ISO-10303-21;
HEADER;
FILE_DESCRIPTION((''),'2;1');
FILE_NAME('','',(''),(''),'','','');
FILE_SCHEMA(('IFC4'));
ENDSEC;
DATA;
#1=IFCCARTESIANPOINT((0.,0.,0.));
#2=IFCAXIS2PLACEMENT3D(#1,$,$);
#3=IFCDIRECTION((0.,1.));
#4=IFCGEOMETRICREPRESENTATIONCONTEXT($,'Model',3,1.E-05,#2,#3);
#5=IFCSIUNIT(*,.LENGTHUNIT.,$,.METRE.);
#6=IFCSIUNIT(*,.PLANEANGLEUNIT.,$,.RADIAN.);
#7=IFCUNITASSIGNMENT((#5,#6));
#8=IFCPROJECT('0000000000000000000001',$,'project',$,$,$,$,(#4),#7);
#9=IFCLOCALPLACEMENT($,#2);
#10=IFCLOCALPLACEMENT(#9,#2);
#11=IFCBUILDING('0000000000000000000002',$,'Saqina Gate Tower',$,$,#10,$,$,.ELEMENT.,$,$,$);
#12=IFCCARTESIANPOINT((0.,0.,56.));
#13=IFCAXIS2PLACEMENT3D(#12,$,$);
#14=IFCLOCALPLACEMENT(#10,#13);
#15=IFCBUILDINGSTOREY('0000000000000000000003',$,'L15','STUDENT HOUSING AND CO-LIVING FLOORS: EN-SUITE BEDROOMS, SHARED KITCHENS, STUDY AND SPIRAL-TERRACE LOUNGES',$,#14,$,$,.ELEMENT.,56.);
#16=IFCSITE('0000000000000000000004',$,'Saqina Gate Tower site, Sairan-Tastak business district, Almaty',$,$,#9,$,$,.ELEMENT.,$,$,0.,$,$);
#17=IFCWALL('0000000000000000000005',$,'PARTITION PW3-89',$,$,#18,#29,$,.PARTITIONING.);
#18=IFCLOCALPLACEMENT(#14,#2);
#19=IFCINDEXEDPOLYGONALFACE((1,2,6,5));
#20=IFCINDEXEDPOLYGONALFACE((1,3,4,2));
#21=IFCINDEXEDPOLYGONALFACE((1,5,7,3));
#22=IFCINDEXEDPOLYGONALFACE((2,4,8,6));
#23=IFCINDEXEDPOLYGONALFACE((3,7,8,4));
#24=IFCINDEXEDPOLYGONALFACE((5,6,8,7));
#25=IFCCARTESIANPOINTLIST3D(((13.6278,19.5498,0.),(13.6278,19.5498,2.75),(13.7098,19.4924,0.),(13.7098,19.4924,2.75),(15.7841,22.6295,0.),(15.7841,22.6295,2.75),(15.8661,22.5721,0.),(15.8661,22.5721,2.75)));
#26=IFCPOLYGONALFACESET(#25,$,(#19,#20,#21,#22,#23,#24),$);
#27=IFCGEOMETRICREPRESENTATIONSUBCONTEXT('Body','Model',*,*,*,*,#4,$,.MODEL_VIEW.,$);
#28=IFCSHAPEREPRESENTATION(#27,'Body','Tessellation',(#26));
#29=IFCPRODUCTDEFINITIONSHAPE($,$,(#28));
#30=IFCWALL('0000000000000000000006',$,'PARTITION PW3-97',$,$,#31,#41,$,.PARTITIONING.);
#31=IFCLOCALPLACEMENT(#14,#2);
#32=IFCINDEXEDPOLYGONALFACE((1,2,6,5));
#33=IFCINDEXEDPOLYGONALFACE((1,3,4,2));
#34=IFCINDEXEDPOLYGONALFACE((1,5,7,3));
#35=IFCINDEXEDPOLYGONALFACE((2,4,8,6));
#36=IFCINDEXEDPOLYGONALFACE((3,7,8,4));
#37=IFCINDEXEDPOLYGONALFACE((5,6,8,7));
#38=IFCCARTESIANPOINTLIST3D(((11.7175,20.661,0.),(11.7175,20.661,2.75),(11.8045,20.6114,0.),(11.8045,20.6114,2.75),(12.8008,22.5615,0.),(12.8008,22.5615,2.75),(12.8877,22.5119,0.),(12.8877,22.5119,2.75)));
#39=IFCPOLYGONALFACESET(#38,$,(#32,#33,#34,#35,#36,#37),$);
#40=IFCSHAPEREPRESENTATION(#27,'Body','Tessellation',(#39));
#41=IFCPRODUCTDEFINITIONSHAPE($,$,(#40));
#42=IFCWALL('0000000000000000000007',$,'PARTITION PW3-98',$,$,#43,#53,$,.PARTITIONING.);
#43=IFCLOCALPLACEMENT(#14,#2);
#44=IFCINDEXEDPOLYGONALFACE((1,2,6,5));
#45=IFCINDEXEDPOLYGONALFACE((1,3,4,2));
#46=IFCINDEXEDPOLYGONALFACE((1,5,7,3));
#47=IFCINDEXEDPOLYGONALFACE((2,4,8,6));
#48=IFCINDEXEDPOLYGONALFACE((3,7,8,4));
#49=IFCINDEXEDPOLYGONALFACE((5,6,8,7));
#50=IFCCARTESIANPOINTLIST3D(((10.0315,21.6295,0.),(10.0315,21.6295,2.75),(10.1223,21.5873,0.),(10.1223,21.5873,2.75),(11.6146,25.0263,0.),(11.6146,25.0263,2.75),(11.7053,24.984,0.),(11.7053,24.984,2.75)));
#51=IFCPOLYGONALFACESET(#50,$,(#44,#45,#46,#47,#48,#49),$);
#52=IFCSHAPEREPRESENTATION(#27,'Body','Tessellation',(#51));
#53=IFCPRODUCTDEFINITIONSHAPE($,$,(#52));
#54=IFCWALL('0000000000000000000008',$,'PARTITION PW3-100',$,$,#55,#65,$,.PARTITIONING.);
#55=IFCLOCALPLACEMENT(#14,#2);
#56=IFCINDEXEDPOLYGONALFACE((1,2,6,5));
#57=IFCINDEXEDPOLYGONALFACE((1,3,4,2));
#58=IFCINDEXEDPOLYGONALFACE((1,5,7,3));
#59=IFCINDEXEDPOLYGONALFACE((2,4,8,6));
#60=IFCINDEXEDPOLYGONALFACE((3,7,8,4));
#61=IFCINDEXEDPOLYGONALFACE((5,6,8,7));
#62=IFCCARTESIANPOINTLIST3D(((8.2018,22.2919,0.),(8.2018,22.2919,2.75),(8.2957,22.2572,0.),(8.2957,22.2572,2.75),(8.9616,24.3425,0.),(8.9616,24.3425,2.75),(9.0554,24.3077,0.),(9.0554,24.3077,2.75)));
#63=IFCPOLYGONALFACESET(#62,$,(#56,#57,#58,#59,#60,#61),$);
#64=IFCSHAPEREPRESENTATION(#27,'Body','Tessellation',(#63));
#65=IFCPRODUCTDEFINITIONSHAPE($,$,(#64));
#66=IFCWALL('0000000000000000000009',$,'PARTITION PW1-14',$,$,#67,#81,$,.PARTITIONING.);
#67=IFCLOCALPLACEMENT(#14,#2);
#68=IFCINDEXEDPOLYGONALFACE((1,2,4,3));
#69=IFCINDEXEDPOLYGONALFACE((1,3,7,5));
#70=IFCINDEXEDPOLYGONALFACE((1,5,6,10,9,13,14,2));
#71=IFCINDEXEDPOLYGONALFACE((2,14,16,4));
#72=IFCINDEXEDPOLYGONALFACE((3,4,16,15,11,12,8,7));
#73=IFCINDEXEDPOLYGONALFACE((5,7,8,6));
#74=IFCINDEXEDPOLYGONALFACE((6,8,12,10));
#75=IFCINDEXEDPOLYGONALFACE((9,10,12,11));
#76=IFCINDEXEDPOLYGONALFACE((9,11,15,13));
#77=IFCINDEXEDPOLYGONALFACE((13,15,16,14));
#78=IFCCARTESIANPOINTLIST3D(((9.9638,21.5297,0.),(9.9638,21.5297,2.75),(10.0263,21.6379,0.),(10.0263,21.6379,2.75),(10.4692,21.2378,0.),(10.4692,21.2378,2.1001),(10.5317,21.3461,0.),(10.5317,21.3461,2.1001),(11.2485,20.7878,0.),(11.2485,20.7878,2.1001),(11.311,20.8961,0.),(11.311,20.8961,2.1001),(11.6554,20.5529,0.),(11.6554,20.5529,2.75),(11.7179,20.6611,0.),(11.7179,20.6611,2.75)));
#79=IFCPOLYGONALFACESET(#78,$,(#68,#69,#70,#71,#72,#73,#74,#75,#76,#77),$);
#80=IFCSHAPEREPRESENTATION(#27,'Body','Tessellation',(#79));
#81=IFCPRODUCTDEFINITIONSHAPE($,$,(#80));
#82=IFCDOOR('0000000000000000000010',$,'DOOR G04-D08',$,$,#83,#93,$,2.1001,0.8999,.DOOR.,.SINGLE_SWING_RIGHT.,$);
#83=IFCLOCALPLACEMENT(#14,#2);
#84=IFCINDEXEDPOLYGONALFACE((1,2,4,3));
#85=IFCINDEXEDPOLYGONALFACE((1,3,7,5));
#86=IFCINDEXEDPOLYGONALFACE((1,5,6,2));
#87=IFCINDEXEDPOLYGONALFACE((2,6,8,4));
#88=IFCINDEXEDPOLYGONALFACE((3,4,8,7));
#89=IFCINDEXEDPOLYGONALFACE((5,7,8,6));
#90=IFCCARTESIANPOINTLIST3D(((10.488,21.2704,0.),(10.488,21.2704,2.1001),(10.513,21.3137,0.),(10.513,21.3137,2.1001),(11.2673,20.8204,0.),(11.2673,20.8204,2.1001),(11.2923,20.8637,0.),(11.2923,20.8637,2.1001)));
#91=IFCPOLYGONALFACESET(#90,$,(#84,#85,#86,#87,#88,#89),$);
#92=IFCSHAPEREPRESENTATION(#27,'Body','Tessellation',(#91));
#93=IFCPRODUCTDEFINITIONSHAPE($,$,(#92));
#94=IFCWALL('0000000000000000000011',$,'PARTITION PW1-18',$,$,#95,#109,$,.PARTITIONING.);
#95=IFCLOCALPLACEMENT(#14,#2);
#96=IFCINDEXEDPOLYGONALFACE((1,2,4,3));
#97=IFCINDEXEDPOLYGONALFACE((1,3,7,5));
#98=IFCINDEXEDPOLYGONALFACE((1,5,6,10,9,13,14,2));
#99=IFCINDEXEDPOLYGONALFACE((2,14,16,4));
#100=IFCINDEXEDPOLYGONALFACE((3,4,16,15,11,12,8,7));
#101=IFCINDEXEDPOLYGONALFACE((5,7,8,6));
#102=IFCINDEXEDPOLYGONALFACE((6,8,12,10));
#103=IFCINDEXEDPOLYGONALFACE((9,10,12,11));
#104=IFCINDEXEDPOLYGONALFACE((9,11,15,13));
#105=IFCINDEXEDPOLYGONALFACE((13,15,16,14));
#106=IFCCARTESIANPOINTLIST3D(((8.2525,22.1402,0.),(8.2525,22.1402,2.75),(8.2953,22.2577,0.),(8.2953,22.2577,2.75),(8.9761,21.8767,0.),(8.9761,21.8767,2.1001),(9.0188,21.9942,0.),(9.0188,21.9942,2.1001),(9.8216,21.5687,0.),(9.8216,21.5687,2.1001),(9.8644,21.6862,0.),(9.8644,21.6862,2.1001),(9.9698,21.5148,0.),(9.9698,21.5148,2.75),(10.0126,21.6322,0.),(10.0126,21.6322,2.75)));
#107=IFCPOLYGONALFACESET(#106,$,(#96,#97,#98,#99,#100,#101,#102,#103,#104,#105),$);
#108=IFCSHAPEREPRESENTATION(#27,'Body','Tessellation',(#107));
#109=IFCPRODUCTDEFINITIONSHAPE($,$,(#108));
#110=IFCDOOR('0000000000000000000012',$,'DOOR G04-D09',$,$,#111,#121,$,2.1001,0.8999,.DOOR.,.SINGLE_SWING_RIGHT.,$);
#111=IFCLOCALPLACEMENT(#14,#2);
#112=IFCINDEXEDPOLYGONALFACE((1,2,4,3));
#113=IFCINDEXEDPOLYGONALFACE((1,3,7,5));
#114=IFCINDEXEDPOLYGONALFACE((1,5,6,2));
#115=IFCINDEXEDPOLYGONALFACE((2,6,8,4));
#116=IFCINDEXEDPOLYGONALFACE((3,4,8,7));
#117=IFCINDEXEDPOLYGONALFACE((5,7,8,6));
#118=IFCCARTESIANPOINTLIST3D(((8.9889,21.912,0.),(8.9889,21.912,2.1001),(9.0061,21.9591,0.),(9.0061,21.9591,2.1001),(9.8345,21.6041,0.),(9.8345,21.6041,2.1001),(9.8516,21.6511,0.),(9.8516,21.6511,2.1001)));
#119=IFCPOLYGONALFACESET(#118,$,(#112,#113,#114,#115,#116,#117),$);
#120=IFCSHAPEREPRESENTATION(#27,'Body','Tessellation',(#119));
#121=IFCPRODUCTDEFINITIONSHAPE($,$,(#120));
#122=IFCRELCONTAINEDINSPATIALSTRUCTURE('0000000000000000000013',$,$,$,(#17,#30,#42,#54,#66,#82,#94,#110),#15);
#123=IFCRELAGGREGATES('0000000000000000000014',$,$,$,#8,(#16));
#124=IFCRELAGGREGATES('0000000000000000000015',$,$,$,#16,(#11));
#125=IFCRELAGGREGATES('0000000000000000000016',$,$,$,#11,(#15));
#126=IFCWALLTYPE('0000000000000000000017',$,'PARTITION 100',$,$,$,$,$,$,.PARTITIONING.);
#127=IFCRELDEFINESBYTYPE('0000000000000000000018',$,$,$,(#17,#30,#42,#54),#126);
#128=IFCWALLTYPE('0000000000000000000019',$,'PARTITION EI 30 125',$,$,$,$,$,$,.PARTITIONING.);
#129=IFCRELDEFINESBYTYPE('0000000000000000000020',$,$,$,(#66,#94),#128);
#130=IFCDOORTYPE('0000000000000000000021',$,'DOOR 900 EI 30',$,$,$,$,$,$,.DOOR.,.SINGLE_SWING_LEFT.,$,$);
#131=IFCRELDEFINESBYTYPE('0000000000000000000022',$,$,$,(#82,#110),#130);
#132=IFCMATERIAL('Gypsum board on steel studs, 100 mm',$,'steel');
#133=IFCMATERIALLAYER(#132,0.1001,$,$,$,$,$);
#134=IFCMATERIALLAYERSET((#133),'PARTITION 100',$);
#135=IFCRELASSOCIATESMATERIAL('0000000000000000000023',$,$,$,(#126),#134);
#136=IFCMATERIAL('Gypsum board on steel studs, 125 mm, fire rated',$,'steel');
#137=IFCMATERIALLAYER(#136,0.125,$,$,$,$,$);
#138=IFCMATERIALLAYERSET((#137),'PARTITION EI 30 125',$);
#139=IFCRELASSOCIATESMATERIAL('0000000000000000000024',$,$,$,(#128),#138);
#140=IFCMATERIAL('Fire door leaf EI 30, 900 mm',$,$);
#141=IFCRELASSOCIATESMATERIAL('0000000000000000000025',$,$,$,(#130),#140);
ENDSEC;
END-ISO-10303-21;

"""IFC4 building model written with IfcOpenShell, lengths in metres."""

from ifc_helpers import new_model, si_unit, direction, frame, frame_2d, origin, place, context, subcontext, project, spatial, rectangle, extrude, material, layer, layer_set, type_object, element, fill, save


model = new_model("IFC4")

# Units and contexts
model_context = context("Model", 3, precision=1e-05, world=origin(), true_north=direction((0.0, 1.0)))
body_context = subcontext(model_context, "Body", "Model", "MODEL_VIEW")
ifc_project = project(units=[si_unit("LENGTHUNIT", "METRE"), si_unit("PLANEANGLEUNIT", "RADIAN")], contexts=[model_context])

# Site, building, storey
site_placement = place(None, origin())
site = spatial("IfcSite", under=ifc_project, at=site_placement, Name="Saqina Gate Tower site, Sairan-Tastak business district, Almaty", CompositionType="ELEMENT", RefElevation=0.0)
building_placement = place(site_placement, origin())
building = spatial("IfcBuilding", under=site, at=building_placement, Name="Saqina Gate Tower", CompositionType="ELEMENT")
storey_placement = place(building_placement, frame((0.0, 0.0, 56.0)))
storey = spatial("IfcBuildingStorey", under=building, at=storey_placement, Name="L15", Description="STUDENT HOUSING AND CO-LIVING FLOORS: EN-SUITE BEDROOMS, SHARED KITCHENS, STUDY AND SPIRAL-TERRACE LOUNGES", CompositionType="ELEMENT", Elevation=56.0)

# Shared definitions
ifc_material_1 = material(Name="Gypsum board on steel studs, 100 mm", Category="steel")
ifc_layer_1 = layer(ifc_material_1, 0.1001)
ifc_layer_set_1 = layer_set([ifc_layer_1], Name="PARTITION 100")
wall_type_1 = type_object("IfcWallType", Name="PARTITION 100", PredefinedType="PARTITIONING", material=ifc_layer_set_1)

# Walls
wall_1_placement = place(storey_placement, frame((13.6687, 19.521, 0.0), z_axis=(0.0, 0.0, 1.0), x_axis=(0.573558, 0.819165, 0.0)))
element("IfcWall", 1, at=wall_1_placement, inside=storey, type_object=wall_type_1, Name="PARTITION PW3-89", PredefinedType="PARTITIONING", context=body_context, shape_type="SweptSolid", body=[
    extrude(rectangle(XDim=3.7595, YDim=0.1001, at=frame_2d((1.8799, 0.0))), origin(), (0.0, 0.0, 1.0), 2.75),
])
wall_2_placement = place(storey_placement, frame((11.761, 20.6362, 0.0), z_axis=(0.0, 0.0, 1.0), x_axis=(0.495213, 0.868772, 0.0)))
element("IfcWall", 2, at=wall_2_placement, inside=storey, type_object=wall_type_1, Name="PARTITION PW3-97", PredefinedType="PARTITIONING", context=body_context, shape_type="SweptSolid", body=[
    extrude(rectangle(XDim=2.1875, YDim=0.1001, at=frame_2d((1.0938, 0.0))), origin(), (0.0, 0.0, 1.0), 2.75),
])
wall_3_placement = place(storey_placement, frame((10.0769, 21.6084, 0.0), z_axis=(0.0, 0.0, 1.0), x_axis=(0.422418, 0.906401, 0.0)))
element("IfcWall", 3, at=wall_3_placement, inside=storey, type_object=wall_type_1, Name="PARTITION PW3-98", PredefinedType="PARTITIONING", context=body_context, shape_type="SweptSolid", body=[
    extrude(rectangle(XDim=3.7476, YDim=0.1001, at=frame_2d((1.8738, 0.0))), origin(), (0.0, 0.0, 1.0), 2.75),
])
wall_4_placement = place(storey_placement, frame((8.2488, 22.2747, 0.0), z_axis=(0.0, 0.0, 1.0), x_axis=(0.347438, 0.937703, 0.0)))
element("IfcWall", 4, at=wall_4_placement, inside=storey, type_object=wall_type_1, Name="PARTITION PW3-100", PredefinedType="PARTITIONING", context=body_context, shape_type="SweptSolid", body=[
    extrude(rectangle(XDim=2.1868, YDim=0.1001, at=frame_2d((1.0933, 0.0))), origin(), (0.0, 0.0, 1.0), 2.75),
])

# Walls, openings, doors
ifc_material_2 = material(Name="Gypsum board on steel studs, 125 mm, fire rated", Category="steel")
ifc_layer_2 = layer(ifc_material_2, 0.125)
ifc_layer_set_2 = layer_set([ifc_layer_2], Name="PARTITION EI 30 125")
wall_type_2 = type_object("IfcWallType", Name="PARTITION EI 30 125", PredefinedType="PARTITIONING", material=ifc_layer_set_2)
wall_5_placement = place(storey_placement, frame((9.9951, 21.5837, 0.0), z_axis=(0.0, 0.0, 1.0), x_axis=(0.865996, -0.500051, 0.0)))
wall_5 = element("IfcWall", 5, at=wall_5_placement, inside=storey, type_object=wall_type_2, Name="PARTITION PW1-14", PredefinedType="PARTITIONING", context=body_context, shape_type="SweptSolid", body=[
    extrude(rectangle(XDim=1.9534, YDim=0.125, at=frame_2d((0.9766, 0.0))), origin(), (0.0, 0.0, 1.0), 2.75),
])
opening_1_placement = place(wall_5_placement, frame((0.5835, 0.0, 0.0)))
opening_1 = element("IfcOpeningElement", 6, at=opening_1_placement, cuts=wall_5, PredefinedType="OPENING", context=body_context, shape_type="SweptSolid", body=[
    extrude(rectangle(XDim=0.8999, YDim=2.1001, at=frame_2d((0.45, 1.05))), frame((0.0, 0.0745, 0.0), z_axis=(0.0, -1.0, 0.0), x_axis=(1.0, 0.0, 0.0)), (0.0, 0.0, 1.0), 0.1489),
])
ifc_material_3 = material(Name="Fire door leaf EI 30, 900 mm")
door_type_1 = type_object("IfcDoorType", Name="DOOR 900 EI 30", OperationType="SINGLE_SWING_LEFT", PredefinedType="DOOR", material=ifc_material_3)
door_1_placement = place(opening_1_placement, frame((0.8999, 0.0, 0.0), z_axis=(0.0, 0.0, 1.0), x_axis=(-1.0, 0.0, 0.0)))
door_1 = element("IfcDoor", 7, at=door_1_placement, inside=storey, type_object=door_type_1, Name="DOOR G04-D08", OperationType="SINGLE_SWING_RIGHT", OverallHeight=2.1001, OverallWidth=0.8999, PredefinedType="DOOR", context=body_context, shape_type="SweptSolid", body=[
    extrude(rectangle(XDim=0.8999, YDim=2.1001, at=frame_2d((0.45, 1.05))), frame((0.0, 0.0249, 0.0), z_axis=(0.0, -1.0, 0.0), x_axis=(1.0, 0.0, 0.0)), (0.0, 0.0, 1.0), 0.05),
])
fill(opening_1, door_1)
wall_6_placement = place(storey_placement, frame((8.2739, 22.199, 0.0), z_axis=(0.0, 0.0, 1.0), x_axis=(0.939614, -0.342236, 0.0)))
wall_6 = element("IfcWall", 8, at=wall_6_placement, inside=storey, type_object=wall_type_2, Name="PARTITION PW1-18", PredefinedType="PARTITIONING", context=body_context, shape_type="SweptSolid", body=[
    extrude(rectangle(XDim=1.8276, YDim=0.125, at=frame_2d((0.9138, 0.0))), origin(), (0.0, 0.0, 1.0), 2.75),
])
opening_2_placement = place(wall_6_placement, frame((0.77, 0.0, 0.0)))
opening_2 = element("IfcOpeningElement", 9, at=opening_2_placement, cuts=wall_6, PredefinedType="OPENING", context=body_context, shape_type="SweptSolid", body=[
    extrude(rectangle(XDim=0.8999, YDim=2.1001, at=frame_2d((0.45, 1.05))), frame((0.0, 0.0745, 0.0), z_axis=(0.0, -1.0, 0.0), x_axis=(1.0, 0.0, 0.0)), (0.0, 0.0, 1.0), 0.1489),
])
door_2_placement = place(opening_2_placement, frame((0.8999, 0.0, 0.0), z_axis=(0.0, 0.0, 1.0), x_axis=(-1.0, 0.0, 0.0)))
door_2 = element("IfcDoor", 10, at=door_2_placement, inside=storey, type_object=door_type_1, Name="DOOR G04-D09", OperationType="SINGLE_SWING_RIGHT", OverallHeight=2.1001, OverallWidth=0.8999, PredefinedType="DOOR", context=body_context, shape_type="SweptSolid", body=[
    extrude(rectangle(XDim=0.8999, YDim=2.1001, at=frame_2d((0.45, 1.05))), frame((0.0, 0.0249, 0.0), z_axis=(0.0, -1.0, 0.0), x_axis=(1.0, 0.0, 0.0)), (0.0, 0.0, 1.0), 0.05),
])
fill(opening_2, door_2)

save(model, "model.ifc")
